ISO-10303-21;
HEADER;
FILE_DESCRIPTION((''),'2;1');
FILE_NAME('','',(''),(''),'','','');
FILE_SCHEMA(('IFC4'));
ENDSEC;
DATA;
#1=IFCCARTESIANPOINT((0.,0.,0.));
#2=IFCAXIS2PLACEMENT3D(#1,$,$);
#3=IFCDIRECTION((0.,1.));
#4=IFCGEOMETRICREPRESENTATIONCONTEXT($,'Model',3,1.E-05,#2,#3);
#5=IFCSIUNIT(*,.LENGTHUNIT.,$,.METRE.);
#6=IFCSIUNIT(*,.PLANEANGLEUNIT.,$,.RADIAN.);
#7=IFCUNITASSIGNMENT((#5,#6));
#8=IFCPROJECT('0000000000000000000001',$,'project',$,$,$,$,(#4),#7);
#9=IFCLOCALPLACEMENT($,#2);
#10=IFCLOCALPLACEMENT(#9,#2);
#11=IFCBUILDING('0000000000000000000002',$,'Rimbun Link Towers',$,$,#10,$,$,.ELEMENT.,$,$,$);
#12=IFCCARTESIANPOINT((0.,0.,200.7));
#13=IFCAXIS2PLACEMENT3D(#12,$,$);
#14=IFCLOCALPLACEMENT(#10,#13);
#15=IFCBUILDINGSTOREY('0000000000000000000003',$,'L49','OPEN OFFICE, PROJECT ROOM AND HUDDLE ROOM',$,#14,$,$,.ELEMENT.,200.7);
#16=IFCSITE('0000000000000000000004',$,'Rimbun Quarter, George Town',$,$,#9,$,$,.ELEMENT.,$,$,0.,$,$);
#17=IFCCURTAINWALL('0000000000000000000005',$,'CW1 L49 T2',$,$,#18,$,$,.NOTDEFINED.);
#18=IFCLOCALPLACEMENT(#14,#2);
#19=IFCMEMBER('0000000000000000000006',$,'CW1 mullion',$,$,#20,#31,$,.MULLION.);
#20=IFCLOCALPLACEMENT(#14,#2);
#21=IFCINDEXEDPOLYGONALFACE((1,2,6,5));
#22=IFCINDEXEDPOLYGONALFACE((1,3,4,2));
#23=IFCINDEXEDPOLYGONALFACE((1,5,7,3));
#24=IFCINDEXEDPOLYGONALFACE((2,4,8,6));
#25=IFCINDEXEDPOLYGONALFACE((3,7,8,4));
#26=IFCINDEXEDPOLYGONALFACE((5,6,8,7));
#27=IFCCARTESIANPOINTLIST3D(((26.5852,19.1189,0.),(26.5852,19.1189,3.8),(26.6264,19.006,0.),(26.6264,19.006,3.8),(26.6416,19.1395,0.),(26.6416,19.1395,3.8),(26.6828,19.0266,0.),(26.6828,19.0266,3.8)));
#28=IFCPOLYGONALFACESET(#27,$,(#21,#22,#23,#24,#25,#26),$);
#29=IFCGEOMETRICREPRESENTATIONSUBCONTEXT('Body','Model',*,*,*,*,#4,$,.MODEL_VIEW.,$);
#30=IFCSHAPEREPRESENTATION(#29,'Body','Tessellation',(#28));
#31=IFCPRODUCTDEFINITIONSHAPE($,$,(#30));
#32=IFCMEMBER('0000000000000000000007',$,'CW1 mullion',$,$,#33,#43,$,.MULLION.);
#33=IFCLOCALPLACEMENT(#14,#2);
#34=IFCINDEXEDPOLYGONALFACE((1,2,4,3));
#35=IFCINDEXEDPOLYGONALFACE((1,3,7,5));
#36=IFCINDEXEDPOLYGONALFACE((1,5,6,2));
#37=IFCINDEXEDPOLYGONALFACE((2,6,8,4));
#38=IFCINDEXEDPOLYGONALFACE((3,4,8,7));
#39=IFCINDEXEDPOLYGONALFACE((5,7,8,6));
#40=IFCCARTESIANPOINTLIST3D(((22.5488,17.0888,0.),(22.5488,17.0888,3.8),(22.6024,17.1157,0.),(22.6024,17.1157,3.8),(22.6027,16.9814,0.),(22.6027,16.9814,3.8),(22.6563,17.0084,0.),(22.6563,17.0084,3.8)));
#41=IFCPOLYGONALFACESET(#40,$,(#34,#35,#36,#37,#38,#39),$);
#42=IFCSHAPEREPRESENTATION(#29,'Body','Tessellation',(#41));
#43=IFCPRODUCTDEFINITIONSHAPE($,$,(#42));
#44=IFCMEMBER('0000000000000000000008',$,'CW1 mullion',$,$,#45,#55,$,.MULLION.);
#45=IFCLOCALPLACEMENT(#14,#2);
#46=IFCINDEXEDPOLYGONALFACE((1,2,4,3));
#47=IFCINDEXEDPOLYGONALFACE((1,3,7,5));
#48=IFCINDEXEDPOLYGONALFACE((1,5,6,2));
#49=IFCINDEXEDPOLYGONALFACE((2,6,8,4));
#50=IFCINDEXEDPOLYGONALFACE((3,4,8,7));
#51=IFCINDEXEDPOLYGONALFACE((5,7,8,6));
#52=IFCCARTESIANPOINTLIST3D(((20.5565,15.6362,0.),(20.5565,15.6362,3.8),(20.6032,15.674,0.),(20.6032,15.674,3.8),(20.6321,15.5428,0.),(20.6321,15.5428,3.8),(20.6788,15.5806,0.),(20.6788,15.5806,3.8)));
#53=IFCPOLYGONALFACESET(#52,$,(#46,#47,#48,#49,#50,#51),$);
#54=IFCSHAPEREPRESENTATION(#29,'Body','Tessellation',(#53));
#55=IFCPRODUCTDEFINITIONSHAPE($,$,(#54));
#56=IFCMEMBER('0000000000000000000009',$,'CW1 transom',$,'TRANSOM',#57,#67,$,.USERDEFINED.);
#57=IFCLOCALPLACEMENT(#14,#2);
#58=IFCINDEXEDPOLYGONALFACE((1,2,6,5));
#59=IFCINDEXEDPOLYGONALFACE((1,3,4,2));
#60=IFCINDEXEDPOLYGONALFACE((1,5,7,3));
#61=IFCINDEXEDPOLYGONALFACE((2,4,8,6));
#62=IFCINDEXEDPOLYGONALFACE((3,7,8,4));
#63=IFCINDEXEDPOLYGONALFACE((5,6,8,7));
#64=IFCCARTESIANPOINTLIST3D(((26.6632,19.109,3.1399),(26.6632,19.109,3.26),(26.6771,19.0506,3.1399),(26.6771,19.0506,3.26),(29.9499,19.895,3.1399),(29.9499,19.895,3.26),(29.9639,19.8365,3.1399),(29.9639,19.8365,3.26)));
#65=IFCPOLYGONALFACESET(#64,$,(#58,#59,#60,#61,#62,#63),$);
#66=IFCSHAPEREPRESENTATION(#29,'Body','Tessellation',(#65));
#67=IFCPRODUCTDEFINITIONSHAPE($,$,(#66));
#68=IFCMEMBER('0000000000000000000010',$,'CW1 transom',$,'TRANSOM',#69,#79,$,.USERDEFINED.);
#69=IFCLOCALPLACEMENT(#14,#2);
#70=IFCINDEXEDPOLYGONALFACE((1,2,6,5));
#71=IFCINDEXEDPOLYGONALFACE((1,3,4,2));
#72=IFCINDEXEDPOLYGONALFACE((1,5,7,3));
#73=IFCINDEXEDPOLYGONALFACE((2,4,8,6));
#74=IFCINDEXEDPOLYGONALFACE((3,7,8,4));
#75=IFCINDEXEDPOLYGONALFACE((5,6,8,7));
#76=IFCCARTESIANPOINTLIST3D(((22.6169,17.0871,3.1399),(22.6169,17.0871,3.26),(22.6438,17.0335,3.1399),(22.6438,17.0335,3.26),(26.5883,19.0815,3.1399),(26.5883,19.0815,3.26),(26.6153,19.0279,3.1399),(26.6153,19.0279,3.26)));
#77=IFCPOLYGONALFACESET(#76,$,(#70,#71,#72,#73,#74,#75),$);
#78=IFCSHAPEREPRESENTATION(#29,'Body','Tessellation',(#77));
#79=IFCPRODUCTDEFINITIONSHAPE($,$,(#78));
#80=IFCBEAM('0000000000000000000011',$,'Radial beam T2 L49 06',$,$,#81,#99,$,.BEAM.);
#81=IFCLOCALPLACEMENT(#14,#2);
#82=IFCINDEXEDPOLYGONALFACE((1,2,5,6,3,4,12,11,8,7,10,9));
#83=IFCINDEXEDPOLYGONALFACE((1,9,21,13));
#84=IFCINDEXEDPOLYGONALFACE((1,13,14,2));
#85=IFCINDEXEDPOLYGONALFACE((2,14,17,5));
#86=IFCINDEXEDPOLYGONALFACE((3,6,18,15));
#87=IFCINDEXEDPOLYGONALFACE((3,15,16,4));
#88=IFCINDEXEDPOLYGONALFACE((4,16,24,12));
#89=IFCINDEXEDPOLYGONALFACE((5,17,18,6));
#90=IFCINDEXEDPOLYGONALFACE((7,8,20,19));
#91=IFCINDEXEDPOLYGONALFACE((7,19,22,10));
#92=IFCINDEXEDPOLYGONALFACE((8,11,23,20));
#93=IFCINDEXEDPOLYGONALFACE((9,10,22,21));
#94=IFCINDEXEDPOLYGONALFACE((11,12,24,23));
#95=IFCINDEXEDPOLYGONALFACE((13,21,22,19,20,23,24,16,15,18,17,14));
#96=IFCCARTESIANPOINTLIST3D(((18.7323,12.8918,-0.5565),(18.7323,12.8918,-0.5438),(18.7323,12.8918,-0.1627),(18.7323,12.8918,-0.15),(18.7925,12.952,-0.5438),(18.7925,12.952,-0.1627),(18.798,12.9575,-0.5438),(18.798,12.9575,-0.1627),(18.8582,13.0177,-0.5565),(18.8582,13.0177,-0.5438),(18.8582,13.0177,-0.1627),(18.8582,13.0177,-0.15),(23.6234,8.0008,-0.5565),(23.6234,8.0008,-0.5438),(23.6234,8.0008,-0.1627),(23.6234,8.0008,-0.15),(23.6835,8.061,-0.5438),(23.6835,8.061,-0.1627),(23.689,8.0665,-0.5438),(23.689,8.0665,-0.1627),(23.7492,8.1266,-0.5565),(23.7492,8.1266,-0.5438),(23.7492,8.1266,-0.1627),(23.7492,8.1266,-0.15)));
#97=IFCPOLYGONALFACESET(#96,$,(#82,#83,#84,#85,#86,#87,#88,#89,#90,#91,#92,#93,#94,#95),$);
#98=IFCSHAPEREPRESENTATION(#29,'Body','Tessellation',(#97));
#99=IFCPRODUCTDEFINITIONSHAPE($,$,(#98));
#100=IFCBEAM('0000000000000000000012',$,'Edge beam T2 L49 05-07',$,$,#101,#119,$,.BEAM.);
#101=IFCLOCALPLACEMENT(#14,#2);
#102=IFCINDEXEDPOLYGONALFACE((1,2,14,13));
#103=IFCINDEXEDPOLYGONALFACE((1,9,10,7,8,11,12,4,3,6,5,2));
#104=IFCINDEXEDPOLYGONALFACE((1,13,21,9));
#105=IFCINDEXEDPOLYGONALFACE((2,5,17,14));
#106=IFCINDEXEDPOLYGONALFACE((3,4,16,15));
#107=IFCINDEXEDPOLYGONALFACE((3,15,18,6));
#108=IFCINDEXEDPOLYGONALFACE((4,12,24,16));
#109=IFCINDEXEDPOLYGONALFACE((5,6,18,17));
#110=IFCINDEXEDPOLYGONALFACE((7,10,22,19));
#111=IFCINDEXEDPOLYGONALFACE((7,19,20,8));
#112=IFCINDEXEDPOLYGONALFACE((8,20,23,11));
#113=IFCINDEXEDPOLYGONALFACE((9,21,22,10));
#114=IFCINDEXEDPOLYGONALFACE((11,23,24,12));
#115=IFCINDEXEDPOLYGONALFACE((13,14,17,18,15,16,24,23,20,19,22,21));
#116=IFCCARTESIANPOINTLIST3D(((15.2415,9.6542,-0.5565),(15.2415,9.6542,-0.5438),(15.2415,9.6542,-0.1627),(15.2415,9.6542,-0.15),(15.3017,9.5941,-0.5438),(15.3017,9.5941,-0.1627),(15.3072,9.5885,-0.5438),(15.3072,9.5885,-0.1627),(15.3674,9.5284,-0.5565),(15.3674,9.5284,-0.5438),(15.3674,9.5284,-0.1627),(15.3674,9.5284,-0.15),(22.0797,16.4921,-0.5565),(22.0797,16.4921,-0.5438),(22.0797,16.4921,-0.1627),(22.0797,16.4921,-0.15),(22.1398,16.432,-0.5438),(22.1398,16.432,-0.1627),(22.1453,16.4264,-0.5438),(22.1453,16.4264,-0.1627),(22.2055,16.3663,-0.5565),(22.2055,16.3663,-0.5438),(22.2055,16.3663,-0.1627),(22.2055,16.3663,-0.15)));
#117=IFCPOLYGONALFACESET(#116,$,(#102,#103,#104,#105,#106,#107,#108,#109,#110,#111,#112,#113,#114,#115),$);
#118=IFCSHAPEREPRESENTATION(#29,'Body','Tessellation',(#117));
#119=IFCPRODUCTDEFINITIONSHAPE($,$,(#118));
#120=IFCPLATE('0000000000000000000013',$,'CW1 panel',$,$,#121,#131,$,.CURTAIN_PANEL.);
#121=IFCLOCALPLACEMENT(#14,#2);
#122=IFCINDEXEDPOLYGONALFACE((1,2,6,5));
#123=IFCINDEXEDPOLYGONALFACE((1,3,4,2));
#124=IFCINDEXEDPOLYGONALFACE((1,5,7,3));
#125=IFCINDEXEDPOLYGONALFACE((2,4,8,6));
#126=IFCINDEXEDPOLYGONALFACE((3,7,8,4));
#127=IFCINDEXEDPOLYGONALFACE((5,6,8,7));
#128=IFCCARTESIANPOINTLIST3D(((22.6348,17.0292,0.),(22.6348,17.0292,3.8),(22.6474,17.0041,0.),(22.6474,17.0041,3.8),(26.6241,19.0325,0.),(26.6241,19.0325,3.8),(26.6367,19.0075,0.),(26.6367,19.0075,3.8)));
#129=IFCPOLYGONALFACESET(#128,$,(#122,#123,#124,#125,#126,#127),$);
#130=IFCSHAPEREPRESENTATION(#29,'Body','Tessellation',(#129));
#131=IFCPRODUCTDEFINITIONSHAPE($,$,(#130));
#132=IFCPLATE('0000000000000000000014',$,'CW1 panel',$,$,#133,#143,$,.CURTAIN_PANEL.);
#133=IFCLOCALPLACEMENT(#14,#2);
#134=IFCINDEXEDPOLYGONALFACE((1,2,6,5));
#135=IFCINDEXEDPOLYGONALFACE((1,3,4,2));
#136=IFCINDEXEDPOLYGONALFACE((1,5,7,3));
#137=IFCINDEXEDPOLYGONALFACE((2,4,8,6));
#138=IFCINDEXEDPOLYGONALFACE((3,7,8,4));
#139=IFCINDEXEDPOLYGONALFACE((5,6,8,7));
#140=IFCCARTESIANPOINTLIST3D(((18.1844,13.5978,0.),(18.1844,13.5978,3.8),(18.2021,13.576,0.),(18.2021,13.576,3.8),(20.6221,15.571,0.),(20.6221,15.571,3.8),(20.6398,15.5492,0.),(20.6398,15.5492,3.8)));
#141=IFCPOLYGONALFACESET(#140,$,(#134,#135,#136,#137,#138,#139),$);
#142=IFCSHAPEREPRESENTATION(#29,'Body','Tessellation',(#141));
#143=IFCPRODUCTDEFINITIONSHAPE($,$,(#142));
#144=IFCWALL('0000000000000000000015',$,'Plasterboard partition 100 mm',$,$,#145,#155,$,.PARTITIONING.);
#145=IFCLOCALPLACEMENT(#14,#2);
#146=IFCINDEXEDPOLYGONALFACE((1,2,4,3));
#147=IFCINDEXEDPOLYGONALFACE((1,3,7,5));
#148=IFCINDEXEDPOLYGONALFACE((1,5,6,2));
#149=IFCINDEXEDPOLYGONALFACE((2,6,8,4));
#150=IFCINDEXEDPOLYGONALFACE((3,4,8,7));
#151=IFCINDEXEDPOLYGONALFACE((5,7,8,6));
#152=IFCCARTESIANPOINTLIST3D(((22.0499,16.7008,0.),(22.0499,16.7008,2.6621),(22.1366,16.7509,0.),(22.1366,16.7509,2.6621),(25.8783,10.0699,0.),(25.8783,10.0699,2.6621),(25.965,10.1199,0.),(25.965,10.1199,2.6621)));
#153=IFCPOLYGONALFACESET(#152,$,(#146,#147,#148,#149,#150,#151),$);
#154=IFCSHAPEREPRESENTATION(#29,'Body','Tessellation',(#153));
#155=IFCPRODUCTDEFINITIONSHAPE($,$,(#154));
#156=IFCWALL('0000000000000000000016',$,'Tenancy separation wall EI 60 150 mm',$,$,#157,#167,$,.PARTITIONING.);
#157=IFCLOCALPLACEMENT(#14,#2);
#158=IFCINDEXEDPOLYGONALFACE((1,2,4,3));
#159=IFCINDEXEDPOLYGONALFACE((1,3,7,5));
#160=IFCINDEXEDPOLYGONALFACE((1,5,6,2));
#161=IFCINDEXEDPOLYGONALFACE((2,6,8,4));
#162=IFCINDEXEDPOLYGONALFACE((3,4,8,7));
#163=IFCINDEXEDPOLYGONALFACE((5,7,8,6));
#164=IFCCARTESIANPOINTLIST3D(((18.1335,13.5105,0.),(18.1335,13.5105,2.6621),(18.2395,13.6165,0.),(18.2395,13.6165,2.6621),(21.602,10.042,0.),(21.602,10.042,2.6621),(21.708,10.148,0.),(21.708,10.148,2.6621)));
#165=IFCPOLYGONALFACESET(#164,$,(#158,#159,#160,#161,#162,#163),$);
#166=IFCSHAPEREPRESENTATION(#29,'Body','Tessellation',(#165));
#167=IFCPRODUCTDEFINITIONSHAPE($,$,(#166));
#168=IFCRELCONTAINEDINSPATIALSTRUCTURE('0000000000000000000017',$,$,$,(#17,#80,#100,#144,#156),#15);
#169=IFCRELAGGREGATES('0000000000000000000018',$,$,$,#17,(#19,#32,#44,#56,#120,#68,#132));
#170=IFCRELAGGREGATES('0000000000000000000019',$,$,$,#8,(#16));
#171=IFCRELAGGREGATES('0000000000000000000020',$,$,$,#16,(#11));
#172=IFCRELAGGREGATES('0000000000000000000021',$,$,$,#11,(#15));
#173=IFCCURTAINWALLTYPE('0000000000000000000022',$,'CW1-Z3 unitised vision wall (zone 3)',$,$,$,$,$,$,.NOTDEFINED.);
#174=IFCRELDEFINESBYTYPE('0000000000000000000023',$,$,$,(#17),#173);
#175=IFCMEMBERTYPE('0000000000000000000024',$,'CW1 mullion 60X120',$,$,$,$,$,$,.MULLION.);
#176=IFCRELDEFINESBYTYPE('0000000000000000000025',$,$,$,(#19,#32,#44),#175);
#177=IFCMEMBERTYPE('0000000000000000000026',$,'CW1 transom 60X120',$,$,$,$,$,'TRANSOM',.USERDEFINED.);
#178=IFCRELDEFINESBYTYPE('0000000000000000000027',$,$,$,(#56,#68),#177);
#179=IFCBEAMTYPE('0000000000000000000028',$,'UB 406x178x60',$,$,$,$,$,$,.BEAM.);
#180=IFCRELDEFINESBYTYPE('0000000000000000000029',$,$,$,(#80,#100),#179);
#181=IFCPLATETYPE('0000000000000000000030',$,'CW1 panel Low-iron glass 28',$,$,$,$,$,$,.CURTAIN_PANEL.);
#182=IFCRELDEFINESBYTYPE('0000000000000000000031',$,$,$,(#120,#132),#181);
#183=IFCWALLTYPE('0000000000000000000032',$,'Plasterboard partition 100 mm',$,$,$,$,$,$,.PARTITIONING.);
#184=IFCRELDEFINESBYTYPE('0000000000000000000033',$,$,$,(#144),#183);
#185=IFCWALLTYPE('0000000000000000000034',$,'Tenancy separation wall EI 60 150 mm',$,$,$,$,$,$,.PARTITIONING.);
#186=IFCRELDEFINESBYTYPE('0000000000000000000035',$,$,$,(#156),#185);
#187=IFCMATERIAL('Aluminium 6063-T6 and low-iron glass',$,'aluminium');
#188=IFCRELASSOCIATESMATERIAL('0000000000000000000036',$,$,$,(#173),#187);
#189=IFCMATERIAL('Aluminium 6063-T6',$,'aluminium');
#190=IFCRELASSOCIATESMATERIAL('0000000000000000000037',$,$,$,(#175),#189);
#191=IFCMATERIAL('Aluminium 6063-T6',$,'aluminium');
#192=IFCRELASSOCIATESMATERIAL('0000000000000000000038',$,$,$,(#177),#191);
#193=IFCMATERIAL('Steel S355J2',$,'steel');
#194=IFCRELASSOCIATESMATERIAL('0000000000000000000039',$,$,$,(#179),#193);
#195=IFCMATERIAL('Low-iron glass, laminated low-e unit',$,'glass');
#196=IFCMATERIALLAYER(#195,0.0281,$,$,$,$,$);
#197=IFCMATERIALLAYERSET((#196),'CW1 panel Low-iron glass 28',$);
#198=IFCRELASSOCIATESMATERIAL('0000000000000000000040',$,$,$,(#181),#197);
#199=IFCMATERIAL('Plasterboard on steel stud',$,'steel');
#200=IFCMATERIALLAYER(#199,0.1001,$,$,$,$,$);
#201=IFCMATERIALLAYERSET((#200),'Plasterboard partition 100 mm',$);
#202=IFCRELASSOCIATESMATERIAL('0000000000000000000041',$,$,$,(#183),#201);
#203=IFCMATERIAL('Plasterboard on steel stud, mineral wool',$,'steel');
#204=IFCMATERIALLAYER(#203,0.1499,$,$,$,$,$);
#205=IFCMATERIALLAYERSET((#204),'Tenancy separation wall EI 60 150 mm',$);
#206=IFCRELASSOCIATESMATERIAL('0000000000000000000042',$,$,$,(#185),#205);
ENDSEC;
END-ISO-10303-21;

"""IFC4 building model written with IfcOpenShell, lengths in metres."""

from ifc_helpers import new_model, si_unit, direction, frame, frame_2d, origin, origin_2d, place, context, subcontext, project, spatial, rectangle, i_section, extrude, material, layer, layer_set, material_profile, profile_set, type_object, element, aggregate, save


model = new_model("IFC4")

# Units and contexts
model_context = context("Model", 3, precision=1e-05, world=origin(), true_north=direction((0.0, 1.0)))
body_context = subcontext(model_context, "Body", "Model", "MODEL_VIEW")
ifc_project = project(units=[si_unit("LENGTHUNIT", "METRE"), si_unit("PLANEANGLEUNIT", "RADIAN")], contexts=[model_context])

# Site, building, storey
site_placement = place(None, origin())
site = spatial("IfcSite", under=ifc_project, at=site_placement, Name="Rimbun Quarter, George Town", CompositionType="ELEMENT", RefElevation=0.0)
building_placement = place(site_placement, origin())
building = spatial("IfcBuilding", under=site, at=building_placement, Name="Rimbun Link Towers", CompositionType="ELEMENT")
storey_placement = place(building_placement, frame((0.0, 0.0, 200.7)))
storey = spatial("IfcBuildingStorey", under=building, at=storey_placement, Name="L49", Description="OPEN OFFICE, PROJECT ROOM AND HUDDLE ROOM", CompositionType="ELEMENT", Elevation=200.7)

# Curtain wall, members
ifc_material_1 = material(Name="Aluminium 6063-T6 and low-iron glass", Category="aluminium")
curtain_wall_type = type_object("IfcCurtainWallType", Name="CW1-Z3 unitised vision wall (zone 3)", PredefinedType="NOTDEFINED", material=ifc_material_1)
curtain_wall_placement = place(storey_placement, origin())
curtain_wall = element("IfcCurtainWall", 1, at=curtain_wall_placement, inside=storey, type_object=curtain_wall_type, Name="CW1 L49 T2", PredefinedType="NOTDEFINED")
ifc_material_2 = material(Name="Aluminium 6063-T6", Category="aluminium")
ifc_material_profile_1 = material_profile(ifc_material_2, rectangle(XDim=0.1201, YDim=0.0601, at=origin_2d()), Name="MULLION 60X120")
ifc_profile_set_1 = profile_set([ifc_material_profile_1], Name="Aluminium 6063-T6")
member_type_1 = type_object("IfcMemberType", Name="CW1 mullion 60X120", PredefinedType="MULLION", material=ifc_profile_set_1)
member_1_placement = place(storey_placement, frame((26.634, 19.0728, 0.0), z_axis=(0.0, 0.0, 1.0), x_axis=(-0.342972, 0.939346, 0.0)))
member_1 = element("IfcMember", 2, at=member_1_placement, type_object=member_type_1, Name="CW1 mullion", PredefinedType="MULLION", context=body_context, shape_type="SweptSolid", body=[
    extrude(rectangle(XDim=0.1201, YDim=0.0601, at=origin_2d()), origin(), (0.0, 0.0, 1.0), 3.8),
])
member_2_placement = place(storey_placement, frame((22.6025, 17.0486, 0.0), z_axis=(0.0, 0.0, 1.0), x_axis=(-0.448772, 0.893646, 0.0)))
member_2 = element("IfcMember", 3, at=member_2_placement, type_object=member_type_1, Name="CW1 mullion", PredefinedType="MULLION", context=body_context, shape_type="SweptSolid", body=[
    extrude(rectangle(XDim=0.1201, YDim=0.0601, at=origin_2d()), origin(), (0.0, 0.0, 1.0), 3.8),
])
member_3_placement = place(storey_placement, frame((20.6177, 15.6084, 0.0), z_axis=(0.0, 0.0, 1.0), x_axis=(-0.629156, 0.777279, 0.0)))
member_3 = element("IfcMember", 4, at=member_3_placement, type_object=member_type_1, Name="CW1 mullion", PredefinedType="MULLION", context=body_context, shape_type="SweptSolid", body=[
    extrude(rectangle(XDim=0.1201, YDim=0.0601, at=origin_2d()), origin(), (0.0, 0.0, 1.0), 3.8),
])
ifc_material_3 = material(Name="Aluminium 6063-T6", Category="aluminium")
ifc_material_profile_2 = material_profile(ifc_material_3, rectangle(XDim=0.0601, YDim=0.1201, at=origin_2d()), Name="TRANSOM 60X120")
ifc_profile_set_2 = profile_set([ifc_material_profile_2], Name="Aluminium 6063-T6")
member_type_2 = type_object("IfcMemberType", Name="CW1 transom 60X120", ElementType="TRANSOM", PredefinedType="USERDEFINED", material=ifc_profile_set_2)
member_4_placement = place(storey_placement, frame((26.6702, 19.0798, 3.2), z_axis=(0.972582, 0.232561, 0.0), x_axis=(-0.232561, 0.972582, 0.0)))
member_4 = element("IfcMember", 5, at=member_4_placement, type_object=member_type_2, Name="CW1 transom", ObjectType="TRANSOM", PredefinedType="USERDEFINED", context=body_context, shape_type="SweptSolid", body=[
    extrude(rectangle(XDim=0.0601, YDim=0.1201, at=origin_2d()), origin(), (0.0, 0.0, 1.0), 3.3794),
])
member_5_placement = place(storey_placement, frame((22.6304, 17.0603, 3.2), z_axis=(0.893646, 0.448773, 0.0), x_axis=(-0.448773, 0.893646, 0.0)))
member_5 = element("IfcMember", 6, at=member_5_placement, type_object=member_type_2, Name="CW1 transom", ObjectType="TRANSOM", PredefinedType="USERDEFINED", context=body_context, shape_type="SweptSolid", body=[
    extrude(rectangle(XDim=0.0601, YDim=0.1201, at=origin_2d()), origin(), (0.0, 0.0, 1.0), 4.4441),
])

# Beams
ifc_material_4 = material(Name="Steel S355J2", Category="steel")
ifc_material_profile_3 = material_profile(ifc_material_4, i_section(OverallWidth=0.178, OverallDepth=0.4065, WebThickness=0.0078, FlangeThickness=0.0127, at=origin_2d()), Name="UB 406x178x60")
ifc_profile_set_3 = profile_set([ifc_material_profile_3], Name="Steel S355J2")
beam_type = type_object("IfcBeamType", Name="UB 406x178x60", PredefinedType="BEAM", material=ifc_profile_set_3)
beam_1_placement = place(storey_placement, frame((23.6863, 8.0637, -0.3533), z_axis=(-0.707107, 0.707107, 0.0), x_axis=(-0.707107, -0.707107, 0.0)))
element("IfcBeam", 7, at=beam_1_placement, inside=storey, type_object=beam_type, Name="Radial beam T2 L49 06", PredefinedType="BEAM", context=body_context, shape_type="SweptSolid", body=[
    extrude(i_section(OverallWidth=0.178, OverallDepth=0.4065, WebThickness=0.0078, FlangeThickness=0.0127, at=origin_2d()), origin(), (0.0, 0.0, 1.0), 6.917),
])
beam_2_placement = place(storey_placement, frame((22.1426, 16.4292, -0.3533), z_axis=(-0.707119, -0.707094, 0.0), x_axis=(0.707094, -0.707119, 0.0)))
element("IfcBeam", 8, at=beam_2_placement, inside=storey, type_object=beam_type, Name="Edge beam T2 L49 05-07", PredefinedType="BEAM", context=body_context, shape_type="SweptSolid", body=[
    extrude(i_section(OverallWidth=0.178, OverallDepth=0.4065, WebThickness=0.0078, FlangeThickness=0.0127, at=origin_2d()), origin(), (0.0, 0.0, 1.0), 9.6704),
])

# Plates
ifc_material_5 = material(Name="Low-iron glass, laminated low-e unit", Category="glass")
ifc_layer_1 = layer(ifc_material_5, 0.0281)
ifc_layer_set_1 = layer_set([ifc_layer_1], Name="CW1 panel Low-iron glass 28")
plate_type = type_object("IfcPlateType", Name="CW1 panel Low-iron glass 28", PredefinedType="CURTAIN_PANEL", material=ifc_layer_set_1)
plate_1_placement = place(storey_placement, frame((24.6357, 18.0183, 0.0), z_axis=(0.0, 0.0, 1.0), x_axis=(0.893646, 0.448772, 0.0)))
plate_1 = element("IfcPlate", 9, at=plate_1_placement, type_object=plate_type, Name="CW1 panel", PredefinedType="CURTAIN_PANEL", context=body_context, shape_type="SweptSolid", body=[
    extrude(rectangle(XDim=4.4641, YDim=0.0281, at=origin_2d()), origin(), (0.0, 0.0, 1.0), 3.8),
])
plate_2_placement = place(storey_placement, frame((19.4121, 14.5735, 0.0), z_axis=(0.0, 0.0, 1.0), x_axis=(0.777279, 0.629156, 0.0)))
plate_2 = element("IfcPlate", 10, at=plate_2_placement, type_object=plate_type, Name="CW1 panel", PredefinedType="CURTAIN_PANEL", context=body_context, shape_type="SweptSolid", body=[
    extrude(rectangle(XDim=3.1362, YDim=0.0281, at=origin_2d()), origin(), (0.0, 0.0, 1.0), 3.8),
])
aggregate(curtain_wall, [member_1, member_2, member_3, member_4, plate_1, member_5, plate_2])

# Walls
ifc_material_6 = material(Name="Plasterboard on steel stud", Category="steel")
ifc_layer_2 = layer(ifc_material_6, 0.1001)
ifc_layer_set_2 = layer_set([ifc_layer_2], Name="Plasterboard partition 100 mm")
wall_type_1 = type_object("IfcWallType", Name="Plasterboard partition 100 mm", PredefinedType="PARTITIONING", material=ifc_layer_set_2)
wall_1_placement = place(storey_placement, frame((22.0933, 16.7258, 0.0), z_axis=(0.0, 0.0, 1.0), x_axis=(0.500004, -0.866023, 0.0)))
element("IfcWall", 11, at=wall_1_placement, inside=storey, type_object=wall_type_1, Name="Plasterboard partition 100 mm", PredefinedType="PARTITIONING", context=body_context, shape_type="SweptSolid", body=[
    extrude(rectangle(XDim=7.6567, YDim=0.1001, at=frame_2d((3.8284, 0.0))), origin(), (0.0, 0.0, 1.0), 2.6621),
])
ifc_material_7 = material(Name="Plasterboard on steel stud, mineral wool", Category="steel")
ifc_layer_3 = layer(ifc_material_7, 0.1499)
ifc_layer_set_3 = layer_set([ifc_layer_3], Name="Tenancy separation wall EI 60 150 mm")
wall_type_2 = type_object("IfcWallType", Name="Tenancy separation wall EI 60 150 mm", PredefinedType="PARTITIONING", material=ifc_layer_set_3)
wall_2_placement = place(storey_placement, frame((21.655, 10.095, 0.0), z_axis=(0.0, 0.0, 1.0), x_axis=(-0.707107, 0.707107, 0.0)))
element("IfcWall", 12, at=wall_2_placement, inside=storey, type_object=wall_type_2, Name="Tenancy separation wall EI 60 150 mm", PredefinedType="PARTITIONING", context=body_context, shape_type="SweptSolid", body=[
    extrude(rectangle(XDim=4.9053, YDim=0.1499, at=frame_2d((2.4526, 0.0))), origin(), (0.0, 0.0, 1.0), 2.6621),
])

save(model, "model.ifc")
